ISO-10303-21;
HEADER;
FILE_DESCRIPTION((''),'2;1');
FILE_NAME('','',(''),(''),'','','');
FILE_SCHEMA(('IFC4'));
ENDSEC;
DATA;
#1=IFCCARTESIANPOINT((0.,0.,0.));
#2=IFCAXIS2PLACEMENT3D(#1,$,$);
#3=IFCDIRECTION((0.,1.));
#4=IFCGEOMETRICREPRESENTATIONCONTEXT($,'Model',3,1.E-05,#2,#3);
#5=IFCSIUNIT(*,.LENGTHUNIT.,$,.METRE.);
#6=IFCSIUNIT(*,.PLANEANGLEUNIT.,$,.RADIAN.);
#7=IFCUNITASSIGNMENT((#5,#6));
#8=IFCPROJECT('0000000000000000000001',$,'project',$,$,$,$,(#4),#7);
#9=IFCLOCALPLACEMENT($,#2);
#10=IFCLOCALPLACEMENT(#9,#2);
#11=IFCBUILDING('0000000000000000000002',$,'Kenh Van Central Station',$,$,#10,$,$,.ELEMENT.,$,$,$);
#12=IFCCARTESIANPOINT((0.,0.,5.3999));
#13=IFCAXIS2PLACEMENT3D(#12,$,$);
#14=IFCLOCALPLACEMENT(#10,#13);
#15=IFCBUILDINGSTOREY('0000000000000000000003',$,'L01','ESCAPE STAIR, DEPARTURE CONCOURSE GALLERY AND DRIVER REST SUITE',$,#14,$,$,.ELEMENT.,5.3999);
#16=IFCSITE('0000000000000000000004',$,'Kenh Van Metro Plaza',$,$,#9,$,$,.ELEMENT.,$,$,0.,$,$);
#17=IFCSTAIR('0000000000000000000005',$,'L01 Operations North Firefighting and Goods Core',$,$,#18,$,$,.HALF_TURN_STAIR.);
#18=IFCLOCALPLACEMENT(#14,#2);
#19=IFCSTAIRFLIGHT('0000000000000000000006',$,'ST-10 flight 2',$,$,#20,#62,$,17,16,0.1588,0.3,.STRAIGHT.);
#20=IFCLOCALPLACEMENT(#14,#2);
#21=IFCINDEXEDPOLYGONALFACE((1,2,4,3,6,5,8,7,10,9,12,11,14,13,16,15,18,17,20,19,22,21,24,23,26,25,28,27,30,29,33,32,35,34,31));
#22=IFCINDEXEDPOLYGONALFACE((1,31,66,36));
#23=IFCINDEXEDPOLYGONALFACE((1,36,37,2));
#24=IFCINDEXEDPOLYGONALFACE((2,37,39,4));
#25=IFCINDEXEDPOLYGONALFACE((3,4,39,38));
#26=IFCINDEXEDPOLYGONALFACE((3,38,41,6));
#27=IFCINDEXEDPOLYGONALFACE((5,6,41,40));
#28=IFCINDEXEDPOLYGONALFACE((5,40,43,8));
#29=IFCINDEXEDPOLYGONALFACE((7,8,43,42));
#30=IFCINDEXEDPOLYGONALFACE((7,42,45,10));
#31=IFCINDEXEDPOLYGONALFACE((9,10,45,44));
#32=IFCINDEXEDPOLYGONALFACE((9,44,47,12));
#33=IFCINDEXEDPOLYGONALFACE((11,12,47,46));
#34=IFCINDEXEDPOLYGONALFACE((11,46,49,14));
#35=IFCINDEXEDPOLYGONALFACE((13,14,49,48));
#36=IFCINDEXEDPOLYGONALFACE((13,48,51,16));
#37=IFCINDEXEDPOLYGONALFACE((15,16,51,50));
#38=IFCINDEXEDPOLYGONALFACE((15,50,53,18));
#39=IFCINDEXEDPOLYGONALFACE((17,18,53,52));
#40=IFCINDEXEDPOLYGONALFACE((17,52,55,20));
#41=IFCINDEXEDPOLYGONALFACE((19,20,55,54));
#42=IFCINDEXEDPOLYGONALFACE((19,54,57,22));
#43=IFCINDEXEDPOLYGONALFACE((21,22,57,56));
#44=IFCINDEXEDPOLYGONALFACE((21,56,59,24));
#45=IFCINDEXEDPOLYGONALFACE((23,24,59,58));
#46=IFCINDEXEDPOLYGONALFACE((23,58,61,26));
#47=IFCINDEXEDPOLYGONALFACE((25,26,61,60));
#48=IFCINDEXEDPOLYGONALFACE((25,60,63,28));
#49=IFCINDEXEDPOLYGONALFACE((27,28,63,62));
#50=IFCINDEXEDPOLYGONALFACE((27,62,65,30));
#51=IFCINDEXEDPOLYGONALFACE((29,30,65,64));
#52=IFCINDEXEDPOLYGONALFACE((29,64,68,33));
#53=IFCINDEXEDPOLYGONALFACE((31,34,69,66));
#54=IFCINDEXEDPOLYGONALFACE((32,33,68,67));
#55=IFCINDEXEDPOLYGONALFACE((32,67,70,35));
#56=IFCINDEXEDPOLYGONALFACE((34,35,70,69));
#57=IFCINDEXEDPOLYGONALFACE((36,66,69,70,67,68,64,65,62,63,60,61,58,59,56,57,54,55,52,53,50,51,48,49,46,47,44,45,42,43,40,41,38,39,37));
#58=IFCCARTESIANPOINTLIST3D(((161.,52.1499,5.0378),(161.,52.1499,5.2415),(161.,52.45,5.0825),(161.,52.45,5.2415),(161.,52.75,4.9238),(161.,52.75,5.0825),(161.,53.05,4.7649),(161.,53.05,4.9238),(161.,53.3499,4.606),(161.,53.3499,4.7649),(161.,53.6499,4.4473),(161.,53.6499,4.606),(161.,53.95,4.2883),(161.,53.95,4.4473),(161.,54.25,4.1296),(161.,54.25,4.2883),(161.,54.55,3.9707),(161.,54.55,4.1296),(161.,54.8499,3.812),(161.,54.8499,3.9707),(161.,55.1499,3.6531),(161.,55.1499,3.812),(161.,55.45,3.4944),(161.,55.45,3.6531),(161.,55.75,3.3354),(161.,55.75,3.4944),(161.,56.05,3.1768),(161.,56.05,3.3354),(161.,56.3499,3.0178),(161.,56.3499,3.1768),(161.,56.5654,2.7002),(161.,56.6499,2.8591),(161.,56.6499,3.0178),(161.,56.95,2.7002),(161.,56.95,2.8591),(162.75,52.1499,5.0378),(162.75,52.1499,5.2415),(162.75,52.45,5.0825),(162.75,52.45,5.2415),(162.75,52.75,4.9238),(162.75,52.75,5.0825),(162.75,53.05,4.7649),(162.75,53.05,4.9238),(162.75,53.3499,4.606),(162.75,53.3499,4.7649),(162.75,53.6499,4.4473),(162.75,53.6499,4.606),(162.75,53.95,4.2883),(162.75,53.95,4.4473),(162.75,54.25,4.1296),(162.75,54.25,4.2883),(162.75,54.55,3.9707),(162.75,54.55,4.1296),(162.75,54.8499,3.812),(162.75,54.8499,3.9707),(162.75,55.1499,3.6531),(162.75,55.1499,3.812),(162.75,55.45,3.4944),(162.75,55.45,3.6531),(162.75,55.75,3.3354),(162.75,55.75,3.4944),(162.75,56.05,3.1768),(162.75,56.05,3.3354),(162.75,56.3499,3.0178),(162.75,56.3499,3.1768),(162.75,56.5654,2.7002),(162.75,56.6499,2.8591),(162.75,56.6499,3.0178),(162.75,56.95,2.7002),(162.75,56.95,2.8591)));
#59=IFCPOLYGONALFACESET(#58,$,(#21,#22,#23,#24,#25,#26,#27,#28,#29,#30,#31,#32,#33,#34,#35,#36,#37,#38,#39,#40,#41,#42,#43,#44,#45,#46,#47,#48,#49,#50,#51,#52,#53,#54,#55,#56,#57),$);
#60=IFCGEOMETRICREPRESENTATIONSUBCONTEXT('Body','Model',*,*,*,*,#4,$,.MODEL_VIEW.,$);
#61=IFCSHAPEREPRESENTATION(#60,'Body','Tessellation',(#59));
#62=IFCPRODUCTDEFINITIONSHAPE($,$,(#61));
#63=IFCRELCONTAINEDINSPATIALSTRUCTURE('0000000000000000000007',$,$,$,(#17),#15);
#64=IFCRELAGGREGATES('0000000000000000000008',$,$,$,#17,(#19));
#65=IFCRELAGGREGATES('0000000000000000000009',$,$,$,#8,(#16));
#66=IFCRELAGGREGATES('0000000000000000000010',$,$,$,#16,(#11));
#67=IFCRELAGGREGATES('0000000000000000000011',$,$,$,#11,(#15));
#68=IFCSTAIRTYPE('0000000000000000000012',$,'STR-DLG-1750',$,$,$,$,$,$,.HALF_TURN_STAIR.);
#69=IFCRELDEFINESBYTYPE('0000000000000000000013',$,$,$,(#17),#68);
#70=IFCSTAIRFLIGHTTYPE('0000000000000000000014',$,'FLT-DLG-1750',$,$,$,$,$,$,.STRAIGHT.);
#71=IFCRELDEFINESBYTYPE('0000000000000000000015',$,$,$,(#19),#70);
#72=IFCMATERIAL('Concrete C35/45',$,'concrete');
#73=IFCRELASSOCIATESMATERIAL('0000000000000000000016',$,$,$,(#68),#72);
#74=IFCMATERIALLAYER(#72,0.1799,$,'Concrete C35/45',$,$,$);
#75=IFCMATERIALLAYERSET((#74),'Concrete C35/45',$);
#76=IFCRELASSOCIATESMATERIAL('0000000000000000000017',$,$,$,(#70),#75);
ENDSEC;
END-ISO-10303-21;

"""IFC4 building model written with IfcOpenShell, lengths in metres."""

from ifc_helpers import new_model, si_unit, direction, frame, origin, place, context, subcontext, project, spatial, polyline, outline, extrude, material, layer, layer_set, type_object, element, aggregate, save


model = new_model("IFC4")

# Units and contexts
model_context = context("Model", 3, precision=1e-05, world=origin(), true_north=direction((0.0, 1.0)))
body_context = subcontext(model_context, "Body", "Model", "MODEL_VIEW")
ifc_project = project(units=[si_unit("LENGTHUNIT", "METRE"), si_unit("PLANEANGLEUNIT", "RADIAN")], contexts=[model_context])

# Site, building, storey
site_placement = place(None, origin())
site = spatial("IfcSite", under=ifc_project, at=site_placement, Name="Kenh Van Metro Plaza", CompositionType="ELEMENT", RefElevation=0.0)
building_placement = place(site_placement, origin())
building = spatial("IfcBuilding", under=site, at=building_placement, Name="Kenh Van Central Station", CompositionType="ELEMENT")
storey_placement = place(building_placement, frame((0.0, 0.0, 5.3999)))
storey = spatial("IfcBuildingStorey", under=building, at=storey_placement, Name="L01", Description="ESCAPE STAIR, DEPARTURE CONCOURSE GALLERY AND DRIVER REST SUITE", CompositionType="ELEMENT", Elevation=5.3999)

# Shared definitions
ifc_material_1 = material(Name="Concrete C35/45", Category="concrete")

# Stair, stair flight
stair_type = type_object("IfcStairType", Name="STR-DLG-1750", PredefinedType="HALF_TURN_STAIR", material=ifc_material_1)
stair_placement = place(storey_placement, origin())
stair = element("IfcStair", 1, at=stair_placement, inside=storey, type_object=stair_type, Name="L01 Operations North Firefighting and Goods Core", PredefinedType="HALF_TURN_STAIR")
ifc_layer_1 = layer(ifc_material_1, 0.1799, Name="Concrete C35/45")
ifc_layer_set_1 = layer_set([ifc_layer_1], Name="Concrete C35/45")
stair_flight_type = type_object("IfcStairFlightType", Name="FLT-DLG-1750", PredefinedType="STRAIGHT", material=ifc_layer_set_1)
stair_flight_1_placement = place(storey_placement, frame((161.875, 56.95, 2.7002), z_axis=(0.0, 0.0, 1.0), x_axis=(0.0, -1.0, 0.0)))
stair_flight_1 = element("IfcStairFlight", 2, at=stair_flight_1_placement, type_object=stair_flight_type, Name="ST-10 flight 2", NumberOfRisers=17, NumberOfTreads=16, PredefinedType="STRAIGHT", RiserHeight=0.1588, TreadLength=0.3, context=body_context, shape_type="SweptSolid", body=[
    extrude(outline(polyline([(0.0, 0.0), (0.0, 0.1589), (0.3, 0.1589), (0.3, 0.3176), (0.6001, 0.3176), (0.6001, 0.4766), (0.8999, 0.4766), (0.8999, 0.6353), (1.2, 0.6353), (1.2, 0.7942), (1.5, 0.7942), (1.5, 0.9529), (1.8, 0.9529), (1.8, 1.1118), (2.1001, 1.1118), (2.1001, 1.2705), (2.3999, 1.2705), (2.3999, 1.4294), (2.7, 1.4294), (2.7, 1.5881), (3.0, 1.5881), (3.0, 1.7471), (3.3, 1.7471), (3.3, 1.9058), (3.6001, 1.9058), (3.6001, 2.0647), (3.8999, 2.0647), (3.8999, 2.2236), (4.2, 2.2236), (4.2, 2.3823), (4.5, 2.3823), (4.5, 2.5413), (4.8, 2.5413), (4.8, 2.7), (4.8, 2.3376), (0.3845, 0.0), (0.0, 0.0)])), frame((0.0, 0.875, 0.0), z_axis=(0.0, -1.0, 0.0), x_axis=(1.0, 0.0, 0.0)), (0.0, 0.0, 1.0), 1.75),
])
aggregate(stair, [stair_flight_1])

save(model, "model.ifc")
